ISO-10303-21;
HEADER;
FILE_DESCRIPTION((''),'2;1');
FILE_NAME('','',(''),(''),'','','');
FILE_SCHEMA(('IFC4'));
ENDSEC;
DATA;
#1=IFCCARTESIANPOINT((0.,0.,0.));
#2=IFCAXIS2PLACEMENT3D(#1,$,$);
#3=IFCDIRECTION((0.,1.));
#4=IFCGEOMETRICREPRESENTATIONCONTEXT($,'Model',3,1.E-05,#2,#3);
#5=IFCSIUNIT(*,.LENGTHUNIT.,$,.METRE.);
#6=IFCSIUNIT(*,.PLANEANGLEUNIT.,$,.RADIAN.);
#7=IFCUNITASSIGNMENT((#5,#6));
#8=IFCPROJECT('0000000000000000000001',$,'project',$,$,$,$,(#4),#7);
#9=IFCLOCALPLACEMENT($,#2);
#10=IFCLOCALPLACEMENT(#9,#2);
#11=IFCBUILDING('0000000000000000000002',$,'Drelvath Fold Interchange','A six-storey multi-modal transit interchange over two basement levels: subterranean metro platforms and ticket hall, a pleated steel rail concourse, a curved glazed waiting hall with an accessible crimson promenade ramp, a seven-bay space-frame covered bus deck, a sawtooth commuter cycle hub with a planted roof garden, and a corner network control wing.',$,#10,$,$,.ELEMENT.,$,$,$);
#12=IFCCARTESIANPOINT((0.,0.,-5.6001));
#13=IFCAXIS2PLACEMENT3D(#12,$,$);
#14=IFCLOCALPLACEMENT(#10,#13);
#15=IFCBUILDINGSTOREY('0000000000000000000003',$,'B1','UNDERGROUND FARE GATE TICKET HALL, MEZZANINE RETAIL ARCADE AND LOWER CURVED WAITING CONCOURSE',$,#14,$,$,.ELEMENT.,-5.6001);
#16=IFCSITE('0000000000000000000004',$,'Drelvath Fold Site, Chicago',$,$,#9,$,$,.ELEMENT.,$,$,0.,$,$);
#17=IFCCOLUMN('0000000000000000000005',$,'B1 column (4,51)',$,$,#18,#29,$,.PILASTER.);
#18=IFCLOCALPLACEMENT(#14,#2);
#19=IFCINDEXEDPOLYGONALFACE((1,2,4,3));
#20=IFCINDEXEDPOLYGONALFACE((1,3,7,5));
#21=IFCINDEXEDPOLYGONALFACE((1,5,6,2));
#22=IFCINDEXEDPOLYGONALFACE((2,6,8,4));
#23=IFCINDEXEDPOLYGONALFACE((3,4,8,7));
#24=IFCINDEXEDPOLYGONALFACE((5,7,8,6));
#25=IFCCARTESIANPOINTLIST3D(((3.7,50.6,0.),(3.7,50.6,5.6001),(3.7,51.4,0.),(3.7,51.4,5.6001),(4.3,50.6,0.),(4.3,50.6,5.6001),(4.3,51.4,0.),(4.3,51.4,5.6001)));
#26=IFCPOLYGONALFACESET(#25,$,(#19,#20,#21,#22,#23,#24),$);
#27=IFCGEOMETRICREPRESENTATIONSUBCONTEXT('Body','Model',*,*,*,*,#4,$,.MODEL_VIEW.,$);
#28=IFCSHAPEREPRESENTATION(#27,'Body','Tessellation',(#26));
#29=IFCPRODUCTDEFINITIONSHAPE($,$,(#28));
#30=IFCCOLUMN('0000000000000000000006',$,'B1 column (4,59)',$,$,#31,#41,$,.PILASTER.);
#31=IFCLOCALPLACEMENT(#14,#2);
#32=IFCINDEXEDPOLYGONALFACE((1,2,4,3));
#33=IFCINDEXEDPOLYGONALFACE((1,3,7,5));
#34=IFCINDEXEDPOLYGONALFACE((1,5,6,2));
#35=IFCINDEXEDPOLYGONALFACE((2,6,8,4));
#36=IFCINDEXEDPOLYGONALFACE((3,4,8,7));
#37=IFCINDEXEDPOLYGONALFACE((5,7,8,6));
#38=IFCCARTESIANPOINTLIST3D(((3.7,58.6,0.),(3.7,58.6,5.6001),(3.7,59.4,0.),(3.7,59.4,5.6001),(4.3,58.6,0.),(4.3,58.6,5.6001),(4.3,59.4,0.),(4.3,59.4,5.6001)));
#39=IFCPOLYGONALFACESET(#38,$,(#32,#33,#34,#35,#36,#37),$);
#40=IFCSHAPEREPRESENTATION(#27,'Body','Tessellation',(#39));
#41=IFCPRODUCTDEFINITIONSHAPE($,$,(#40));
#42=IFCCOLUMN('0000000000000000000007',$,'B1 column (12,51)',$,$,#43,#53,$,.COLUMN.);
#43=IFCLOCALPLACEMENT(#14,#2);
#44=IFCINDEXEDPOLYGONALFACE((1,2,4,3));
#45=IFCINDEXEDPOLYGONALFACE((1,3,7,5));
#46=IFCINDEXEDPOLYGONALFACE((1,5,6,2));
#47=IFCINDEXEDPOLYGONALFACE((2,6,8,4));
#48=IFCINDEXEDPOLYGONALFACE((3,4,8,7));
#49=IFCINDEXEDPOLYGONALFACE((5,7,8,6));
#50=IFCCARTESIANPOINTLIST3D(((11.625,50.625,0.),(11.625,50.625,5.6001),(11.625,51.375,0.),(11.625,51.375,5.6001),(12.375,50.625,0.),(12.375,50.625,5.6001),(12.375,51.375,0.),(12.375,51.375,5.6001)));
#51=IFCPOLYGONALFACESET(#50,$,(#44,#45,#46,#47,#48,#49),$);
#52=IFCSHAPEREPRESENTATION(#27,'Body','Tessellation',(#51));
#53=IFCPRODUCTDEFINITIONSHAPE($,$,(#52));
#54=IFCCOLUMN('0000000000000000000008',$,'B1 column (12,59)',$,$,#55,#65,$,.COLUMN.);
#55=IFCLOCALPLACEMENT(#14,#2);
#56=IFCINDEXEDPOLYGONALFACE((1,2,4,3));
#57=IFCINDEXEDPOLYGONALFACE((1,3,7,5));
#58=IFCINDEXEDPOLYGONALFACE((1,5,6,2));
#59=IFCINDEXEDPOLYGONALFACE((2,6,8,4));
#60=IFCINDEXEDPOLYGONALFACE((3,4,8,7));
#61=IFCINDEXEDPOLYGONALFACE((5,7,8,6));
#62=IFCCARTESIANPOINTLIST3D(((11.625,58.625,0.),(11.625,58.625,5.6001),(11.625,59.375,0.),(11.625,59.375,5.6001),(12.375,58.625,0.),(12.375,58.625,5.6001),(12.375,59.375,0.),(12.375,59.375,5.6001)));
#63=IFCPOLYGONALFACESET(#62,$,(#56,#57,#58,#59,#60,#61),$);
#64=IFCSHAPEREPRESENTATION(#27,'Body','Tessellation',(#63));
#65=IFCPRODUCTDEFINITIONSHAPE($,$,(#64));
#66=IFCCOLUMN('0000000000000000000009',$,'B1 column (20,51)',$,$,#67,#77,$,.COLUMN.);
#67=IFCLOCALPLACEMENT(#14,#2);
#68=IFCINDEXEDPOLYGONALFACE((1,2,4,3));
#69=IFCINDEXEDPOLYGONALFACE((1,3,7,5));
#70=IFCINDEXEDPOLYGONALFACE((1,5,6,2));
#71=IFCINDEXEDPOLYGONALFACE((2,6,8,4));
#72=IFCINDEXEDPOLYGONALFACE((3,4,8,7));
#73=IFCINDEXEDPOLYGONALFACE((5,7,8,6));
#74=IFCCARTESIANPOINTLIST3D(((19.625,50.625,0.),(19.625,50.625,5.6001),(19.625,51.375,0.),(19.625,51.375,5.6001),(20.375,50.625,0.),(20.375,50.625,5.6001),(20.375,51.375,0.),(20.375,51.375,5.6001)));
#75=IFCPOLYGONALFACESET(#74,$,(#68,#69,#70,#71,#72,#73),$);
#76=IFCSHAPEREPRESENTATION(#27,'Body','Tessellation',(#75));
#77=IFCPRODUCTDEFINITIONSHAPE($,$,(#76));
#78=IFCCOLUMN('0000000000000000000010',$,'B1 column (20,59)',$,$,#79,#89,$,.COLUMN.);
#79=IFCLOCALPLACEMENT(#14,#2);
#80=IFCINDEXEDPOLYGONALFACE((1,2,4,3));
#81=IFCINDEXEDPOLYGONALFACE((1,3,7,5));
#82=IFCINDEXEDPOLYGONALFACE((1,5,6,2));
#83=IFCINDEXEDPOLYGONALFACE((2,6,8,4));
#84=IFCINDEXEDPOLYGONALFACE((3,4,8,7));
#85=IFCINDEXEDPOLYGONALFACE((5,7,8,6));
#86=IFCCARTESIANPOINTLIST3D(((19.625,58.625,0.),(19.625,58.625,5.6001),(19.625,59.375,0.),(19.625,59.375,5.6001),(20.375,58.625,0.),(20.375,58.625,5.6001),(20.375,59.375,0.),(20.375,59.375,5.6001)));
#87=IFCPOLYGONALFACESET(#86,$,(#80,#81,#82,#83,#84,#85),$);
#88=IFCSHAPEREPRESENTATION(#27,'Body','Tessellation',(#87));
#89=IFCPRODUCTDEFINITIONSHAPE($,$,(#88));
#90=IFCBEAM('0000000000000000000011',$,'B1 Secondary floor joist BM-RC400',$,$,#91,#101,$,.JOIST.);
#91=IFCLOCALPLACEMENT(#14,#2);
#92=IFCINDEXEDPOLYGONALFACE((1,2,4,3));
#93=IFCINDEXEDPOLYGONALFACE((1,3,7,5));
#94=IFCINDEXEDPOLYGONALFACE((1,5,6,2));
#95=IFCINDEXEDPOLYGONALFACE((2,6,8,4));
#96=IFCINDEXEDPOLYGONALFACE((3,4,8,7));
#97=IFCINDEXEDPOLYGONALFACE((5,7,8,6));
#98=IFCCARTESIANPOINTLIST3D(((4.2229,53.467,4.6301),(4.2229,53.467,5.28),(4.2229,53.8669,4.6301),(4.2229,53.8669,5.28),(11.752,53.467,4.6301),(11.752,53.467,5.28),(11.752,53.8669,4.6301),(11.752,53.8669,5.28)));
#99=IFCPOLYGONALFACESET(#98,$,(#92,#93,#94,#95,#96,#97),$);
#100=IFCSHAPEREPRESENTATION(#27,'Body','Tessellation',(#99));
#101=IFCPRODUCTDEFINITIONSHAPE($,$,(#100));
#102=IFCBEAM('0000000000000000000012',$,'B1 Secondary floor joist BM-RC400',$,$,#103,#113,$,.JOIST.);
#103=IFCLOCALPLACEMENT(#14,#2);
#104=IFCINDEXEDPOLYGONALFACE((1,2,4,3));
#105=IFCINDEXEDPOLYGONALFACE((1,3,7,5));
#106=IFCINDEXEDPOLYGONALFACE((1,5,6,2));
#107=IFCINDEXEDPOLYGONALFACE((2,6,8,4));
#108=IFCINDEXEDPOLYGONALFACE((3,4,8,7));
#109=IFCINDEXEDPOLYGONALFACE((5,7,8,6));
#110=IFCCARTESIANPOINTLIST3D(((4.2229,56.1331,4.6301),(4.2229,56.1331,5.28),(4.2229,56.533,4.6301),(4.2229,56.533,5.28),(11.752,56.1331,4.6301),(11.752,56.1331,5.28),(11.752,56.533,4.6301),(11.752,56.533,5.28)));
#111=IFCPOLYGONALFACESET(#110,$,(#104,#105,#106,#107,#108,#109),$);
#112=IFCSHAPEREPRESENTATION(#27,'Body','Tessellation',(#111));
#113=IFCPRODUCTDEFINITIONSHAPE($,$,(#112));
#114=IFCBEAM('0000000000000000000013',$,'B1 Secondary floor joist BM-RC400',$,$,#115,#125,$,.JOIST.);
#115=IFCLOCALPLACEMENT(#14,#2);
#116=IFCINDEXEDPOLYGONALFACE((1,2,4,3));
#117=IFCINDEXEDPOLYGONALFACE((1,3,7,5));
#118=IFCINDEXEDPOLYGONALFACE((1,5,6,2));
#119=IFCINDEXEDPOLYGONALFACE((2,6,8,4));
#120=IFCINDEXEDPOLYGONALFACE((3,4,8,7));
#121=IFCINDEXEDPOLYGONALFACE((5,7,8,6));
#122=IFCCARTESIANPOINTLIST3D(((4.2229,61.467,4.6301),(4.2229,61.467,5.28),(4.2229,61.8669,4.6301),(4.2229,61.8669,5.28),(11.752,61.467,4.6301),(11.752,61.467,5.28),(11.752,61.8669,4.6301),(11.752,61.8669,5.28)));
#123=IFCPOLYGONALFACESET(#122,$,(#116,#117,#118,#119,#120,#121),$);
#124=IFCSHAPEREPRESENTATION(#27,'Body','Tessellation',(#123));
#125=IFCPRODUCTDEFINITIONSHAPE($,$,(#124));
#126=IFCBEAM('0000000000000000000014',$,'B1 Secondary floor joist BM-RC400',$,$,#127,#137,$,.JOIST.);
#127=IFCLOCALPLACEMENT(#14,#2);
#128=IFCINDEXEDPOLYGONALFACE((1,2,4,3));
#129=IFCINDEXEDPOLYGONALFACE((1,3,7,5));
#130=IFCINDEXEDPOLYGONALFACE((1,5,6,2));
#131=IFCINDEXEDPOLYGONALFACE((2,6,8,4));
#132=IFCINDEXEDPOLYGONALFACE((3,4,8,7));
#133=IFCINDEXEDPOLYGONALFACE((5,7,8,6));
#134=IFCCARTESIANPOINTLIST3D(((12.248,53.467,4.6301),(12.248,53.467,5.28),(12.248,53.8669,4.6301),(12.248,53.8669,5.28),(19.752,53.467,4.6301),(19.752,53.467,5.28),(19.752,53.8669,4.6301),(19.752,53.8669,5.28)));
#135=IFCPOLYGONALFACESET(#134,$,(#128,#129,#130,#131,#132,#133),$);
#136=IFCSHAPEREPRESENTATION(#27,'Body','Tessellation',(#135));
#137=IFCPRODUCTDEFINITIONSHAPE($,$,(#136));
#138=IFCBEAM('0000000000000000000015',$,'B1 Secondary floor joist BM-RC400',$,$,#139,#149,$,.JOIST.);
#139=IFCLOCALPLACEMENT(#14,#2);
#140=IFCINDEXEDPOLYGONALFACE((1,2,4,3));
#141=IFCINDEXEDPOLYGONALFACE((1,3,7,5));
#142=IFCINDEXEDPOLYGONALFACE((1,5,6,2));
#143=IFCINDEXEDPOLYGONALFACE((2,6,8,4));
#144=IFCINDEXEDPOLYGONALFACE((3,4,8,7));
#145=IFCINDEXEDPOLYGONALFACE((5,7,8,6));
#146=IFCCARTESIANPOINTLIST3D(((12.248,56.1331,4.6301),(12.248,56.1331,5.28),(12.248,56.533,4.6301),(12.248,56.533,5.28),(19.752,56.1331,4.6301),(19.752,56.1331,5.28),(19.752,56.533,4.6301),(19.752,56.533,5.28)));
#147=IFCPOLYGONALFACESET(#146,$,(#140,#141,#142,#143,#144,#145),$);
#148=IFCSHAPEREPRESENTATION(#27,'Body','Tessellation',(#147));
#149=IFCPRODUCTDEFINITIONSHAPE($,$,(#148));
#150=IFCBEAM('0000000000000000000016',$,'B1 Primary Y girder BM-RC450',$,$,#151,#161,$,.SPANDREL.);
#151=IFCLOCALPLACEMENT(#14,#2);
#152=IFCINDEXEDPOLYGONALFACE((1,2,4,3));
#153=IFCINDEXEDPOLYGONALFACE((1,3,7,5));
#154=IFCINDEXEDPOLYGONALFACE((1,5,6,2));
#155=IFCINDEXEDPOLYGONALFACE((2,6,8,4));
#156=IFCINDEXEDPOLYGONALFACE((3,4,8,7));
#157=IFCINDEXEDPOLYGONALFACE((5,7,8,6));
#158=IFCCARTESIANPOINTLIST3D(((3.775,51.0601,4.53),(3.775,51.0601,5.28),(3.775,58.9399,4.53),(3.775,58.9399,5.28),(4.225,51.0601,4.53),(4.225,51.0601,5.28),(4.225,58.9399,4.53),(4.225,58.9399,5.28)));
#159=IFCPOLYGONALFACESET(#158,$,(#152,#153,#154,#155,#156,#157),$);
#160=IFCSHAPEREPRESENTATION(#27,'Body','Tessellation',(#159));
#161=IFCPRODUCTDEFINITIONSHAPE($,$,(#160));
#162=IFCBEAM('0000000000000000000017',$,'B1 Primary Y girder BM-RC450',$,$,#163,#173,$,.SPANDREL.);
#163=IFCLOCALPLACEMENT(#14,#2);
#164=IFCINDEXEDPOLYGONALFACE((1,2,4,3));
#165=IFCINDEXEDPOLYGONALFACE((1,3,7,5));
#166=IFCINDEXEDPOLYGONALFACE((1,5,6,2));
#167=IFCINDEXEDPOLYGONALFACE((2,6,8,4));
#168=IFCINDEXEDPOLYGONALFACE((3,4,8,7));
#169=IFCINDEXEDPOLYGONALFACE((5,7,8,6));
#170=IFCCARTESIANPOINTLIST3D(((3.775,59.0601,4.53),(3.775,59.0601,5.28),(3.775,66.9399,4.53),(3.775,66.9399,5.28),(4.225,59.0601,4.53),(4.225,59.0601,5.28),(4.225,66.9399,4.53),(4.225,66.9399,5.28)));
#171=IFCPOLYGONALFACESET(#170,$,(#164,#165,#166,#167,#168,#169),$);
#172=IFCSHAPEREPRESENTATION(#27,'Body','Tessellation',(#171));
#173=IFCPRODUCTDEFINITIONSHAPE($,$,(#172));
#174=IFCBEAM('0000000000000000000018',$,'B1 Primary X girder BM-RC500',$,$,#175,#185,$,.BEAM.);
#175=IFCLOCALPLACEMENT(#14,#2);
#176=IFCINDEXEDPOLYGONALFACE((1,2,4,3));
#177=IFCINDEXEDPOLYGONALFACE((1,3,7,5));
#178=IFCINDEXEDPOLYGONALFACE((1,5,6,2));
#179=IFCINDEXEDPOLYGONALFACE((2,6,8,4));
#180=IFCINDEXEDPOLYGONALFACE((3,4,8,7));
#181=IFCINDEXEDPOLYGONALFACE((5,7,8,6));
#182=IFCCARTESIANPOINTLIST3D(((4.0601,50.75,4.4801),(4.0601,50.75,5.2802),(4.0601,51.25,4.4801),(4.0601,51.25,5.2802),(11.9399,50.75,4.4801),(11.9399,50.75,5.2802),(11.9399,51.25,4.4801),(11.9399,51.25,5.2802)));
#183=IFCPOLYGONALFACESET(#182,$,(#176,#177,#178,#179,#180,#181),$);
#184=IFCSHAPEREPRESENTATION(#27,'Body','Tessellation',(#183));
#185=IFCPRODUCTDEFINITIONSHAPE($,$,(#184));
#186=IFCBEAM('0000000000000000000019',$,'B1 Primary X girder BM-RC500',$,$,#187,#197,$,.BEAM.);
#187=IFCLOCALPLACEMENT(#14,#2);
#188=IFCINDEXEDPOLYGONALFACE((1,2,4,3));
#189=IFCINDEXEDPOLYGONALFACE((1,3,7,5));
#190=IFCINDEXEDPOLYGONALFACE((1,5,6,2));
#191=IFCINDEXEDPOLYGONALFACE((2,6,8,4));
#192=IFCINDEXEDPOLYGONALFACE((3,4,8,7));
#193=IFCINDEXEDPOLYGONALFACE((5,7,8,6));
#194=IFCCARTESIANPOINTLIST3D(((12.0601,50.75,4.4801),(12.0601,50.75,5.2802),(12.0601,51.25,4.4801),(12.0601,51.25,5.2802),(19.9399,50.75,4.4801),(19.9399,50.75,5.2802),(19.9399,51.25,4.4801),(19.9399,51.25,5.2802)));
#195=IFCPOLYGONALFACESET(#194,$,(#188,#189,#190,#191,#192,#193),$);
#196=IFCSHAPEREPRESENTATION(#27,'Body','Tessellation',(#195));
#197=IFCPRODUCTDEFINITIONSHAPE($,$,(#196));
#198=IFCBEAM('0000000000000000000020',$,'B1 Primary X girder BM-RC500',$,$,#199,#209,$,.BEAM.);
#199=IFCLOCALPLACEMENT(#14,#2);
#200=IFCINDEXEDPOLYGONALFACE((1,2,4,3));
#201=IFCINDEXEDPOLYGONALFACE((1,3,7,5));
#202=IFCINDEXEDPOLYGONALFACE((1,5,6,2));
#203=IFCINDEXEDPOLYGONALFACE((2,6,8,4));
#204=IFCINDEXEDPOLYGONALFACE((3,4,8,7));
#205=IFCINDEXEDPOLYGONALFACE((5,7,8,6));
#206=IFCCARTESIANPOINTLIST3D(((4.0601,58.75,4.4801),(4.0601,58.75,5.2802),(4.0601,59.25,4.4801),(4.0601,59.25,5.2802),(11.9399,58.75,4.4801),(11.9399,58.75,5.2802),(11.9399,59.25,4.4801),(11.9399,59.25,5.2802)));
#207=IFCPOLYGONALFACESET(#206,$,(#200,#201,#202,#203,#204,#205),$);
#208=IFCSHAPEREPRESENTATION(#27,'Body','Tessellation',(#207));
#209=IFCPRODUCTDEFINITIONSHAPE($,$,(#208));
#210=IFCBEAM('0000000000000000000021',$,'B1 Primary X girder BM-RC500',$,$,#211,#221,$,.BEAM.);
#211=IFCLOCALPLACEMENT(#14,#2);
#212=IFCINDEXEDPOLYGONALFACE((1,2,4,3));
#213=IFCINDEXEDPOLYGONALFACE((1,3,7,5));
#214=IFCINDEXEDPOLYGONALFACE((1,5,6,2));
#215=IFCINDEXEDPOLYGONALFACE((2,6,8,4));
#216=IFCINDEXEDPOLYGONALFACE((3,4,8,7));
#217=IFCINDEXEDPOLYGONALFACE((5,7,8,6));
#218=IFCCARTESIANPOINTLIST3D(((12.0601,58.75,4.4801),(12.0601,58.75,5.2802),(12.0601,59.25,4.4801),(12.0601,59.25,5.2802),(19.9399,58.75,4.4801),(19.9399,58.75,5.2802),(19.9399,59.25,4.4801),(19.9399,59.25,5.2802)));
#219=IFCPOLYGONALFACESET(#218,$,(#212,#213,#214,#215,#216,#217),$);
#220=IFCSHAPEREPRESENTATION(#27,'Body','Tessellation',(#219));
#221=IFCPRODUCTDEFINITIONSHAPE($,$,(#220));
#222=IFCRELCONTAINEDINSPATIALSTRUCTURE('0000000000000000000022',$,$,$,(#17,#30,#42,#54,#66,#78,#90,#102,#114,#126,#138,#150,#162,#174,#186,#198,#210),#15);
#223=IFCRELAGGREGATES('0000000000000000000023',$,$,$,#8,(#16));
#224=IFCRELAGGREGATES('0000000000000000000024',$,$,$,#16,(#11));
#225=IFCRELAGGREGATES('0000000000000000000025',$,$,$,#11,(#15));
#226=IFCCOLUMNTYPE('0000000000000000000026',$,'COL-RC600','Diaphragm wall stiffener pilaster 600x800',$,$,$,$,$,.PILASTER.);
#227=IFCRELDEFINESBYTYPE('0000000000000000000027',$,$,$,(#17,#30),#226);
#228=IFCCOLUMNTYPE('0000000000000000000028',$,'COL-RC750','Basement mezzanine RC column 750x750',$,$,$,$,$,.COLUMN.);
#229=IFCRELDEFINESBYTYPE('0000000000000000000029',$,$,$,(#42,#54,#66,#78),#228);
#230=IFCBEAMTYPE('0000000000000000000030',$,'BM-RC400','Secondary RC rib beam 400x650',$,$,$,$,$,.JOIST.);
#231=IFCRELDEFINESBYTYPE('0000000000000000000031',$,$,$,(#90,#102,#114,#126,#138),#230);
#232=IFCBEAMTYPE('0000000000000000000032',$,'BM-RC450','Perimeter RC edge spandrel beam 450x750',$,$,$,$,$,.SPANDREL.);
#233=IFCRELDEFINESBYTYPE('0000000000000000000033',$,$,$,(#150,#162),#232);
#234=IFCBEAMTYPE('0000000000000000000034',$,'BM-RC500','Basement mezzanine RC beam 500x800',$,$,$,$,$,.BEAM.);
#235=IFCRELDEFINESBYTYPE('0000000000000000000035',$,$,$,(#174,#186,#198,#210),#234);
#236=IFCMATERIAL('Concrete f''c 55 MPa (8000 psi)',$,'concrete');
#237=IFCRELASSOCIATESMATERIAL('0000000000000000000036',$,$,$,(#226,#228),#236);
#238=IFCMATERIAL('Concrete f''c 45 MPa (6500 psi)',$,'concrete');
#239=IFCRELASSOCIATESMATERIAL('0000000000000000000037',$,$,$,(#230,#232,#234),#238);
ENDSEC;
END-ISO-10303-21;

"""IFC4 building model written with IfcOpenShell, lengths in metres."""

from ifc_helpers import new_model, si_unit, direction, frame, origin, origin_2d, place, context, subcontext, project, spatial, rectangle, extrude, material, material_profile, profile_set, type_object, element, save


model = new_model("IFC4")

# Units and contexts
model_context = context("Model", 3, precision=1e-05, world=origin(), true_north=direction((0.0, 1.0)))
body_context = subcontext(model_context, "Body", "Model", "MODEL_VIEW")
ifc_project = project(units=[si_unit("LENGTHUNIT", "METRE"), si_unit("PLANEANGLEUNIT", "RADIAN")], contexts=[model_context])

# Site, building, storey
site_placement = place(None, origin())
site = spatial("IfcSite", under=ifc_project, at=site_placement, Name="Drelvath Fold Site, Chicago", CompositionType="ELEMENT", RefElevation=0.0)
building_placement = place(site_placement, origin())
building = spatial("IfcBuilding", under=site, at=building_placement, Name="Drelvath Fold Interchange", Description="A six-storey multi-modal transit interchange over two basement levels: subterranean metro platforms and ticket hall, a pleated steel rail concourse, a curved glazed waiting hall with an accessible crimson promenade ramp, a seven-bay space-frame covered bus deck, a sawtooth commuter cycle hub with a planted roof garden, and a corner network control wing.", CompositionType="ELEMENT")
storey_placement = place(building_placement, frame((0.0, 0.0, -5.6001)))
storey = spatial("IfcBuildingStorey", under=building, at=storey_placement, Name="B1", Description="UNDERGROUND FARE GATE TICKET HALL, MEZZANINE RETAIL ARCADE AND LOWER CURVED WAITING CONCOURSE", CompositionType="ELEMENT", Elevation=-5.6001)

# Columns
ifc_material_1 = material(Name="Concrete f'c 55 MPa (8000 psi)", Category="concrete")
ifc_material_profile_1 = material_profile(ifc_material_1, rectangle(XDim=0.6001, YDim=0.8, at=origin_2d()), Name="RC 600x800")
ifc_profile_set_1 = profile_set([ifc_material_profile_1], Name="Concrete f'c 55 MPa (8000 psi)")
column_type_1 = type_object("IfcColumnType", Name="COL-RC600", Description="Diaphragm wall stiffener pilaster 600x800", PredefinedType="PILASTER", material=ifc_profile_set_1)
for number, where, z_axis, x_axis, name in (
    (1, (4.0, 51.0, 0.0), (0.0, 0.0, 1.0), (1.0, 0.0, 0.0), "B1 column (4,51)"),
    (2, (4.0, 59.0, 0.0), (0.0, 0.0, 1.0), (1.0, 0.0, 0.0), "B1 column (4,59)"),
):
    element("IfcColumn", number, at=place(storey_placement, frame(where, z_axis=z_axis, x_axis=x_axis)), inside=storey, type_object=column_type_1, Name=name, PredefinedType="PILASTER", context=body_context, shape_type="SweptSolid", body=[
        extrude(rectangle(XDim=0.6001, YDim=0.8, at=origin_2d()), origin(), (0.0, 0.0, 1.0), 5.6001),
    ])
ifc_material_profile_2 = material_profile(ifc_material_1, rectangle(XDim=0.75, YDim=0.75, at=origin_2d()), Name="RC 750x750")
ifc_profile_set_2 = profile_set([ifc_material_profile_2], Name="Concrete f'c 55 MPa (8000 psi)")
column_type_2 = type_object("IfcColumnType", Name="COL-RC750", Description="Basement mezzanine RC column 750x750", PredefinedType="COLUMN", material=ifc_profile_set_2)
for number, where, z_axis, x_axis, name in (
    (3, (12.0, 51.0, 0.0), (0.0, 0.0, 1.0), (1.0, 0.0, 0.0), "B1 column (12,51)"),
    (4, (12.0, 59.0, 0.0), (0.0, 0.0, 1.0), (1.0, 0.0, 0.0), "B1 column (12,59)"),
    (5, (20.0, 51.0, 0.0), (0.0, 0.0, 1.0), (1.0, 0.0, 0.0), "B1 column (20,51)"),
    (6, (20.0, 59.0, 0.0), (0.0, 0.0, 1.0), (1.0, 0.0, 0.0), "B1 column (20,59)"),
):
    element("IfcColumn", number, at=place(storey_placement, frame(where, z_axis=z_axis, x_axis=x_axis)), inside=storey, type_object=column_type_2, Name=name, PredefinedType="COLUMN", context=body_context, shape_type="SweptSolid", body=[
        extrude(rectangle(XDim=0.75, YDim=0.75, at=origin_2d()), origin(), (0.0, 0.0, 1.0), 5.6001),
    ])

# Beams
ifc_material_2 = material(Name="Concrete f'c 45 MPa (6500 psi)", Category="concrete")
ifc_material_profile_3 = material_profile(ifc_material_2, rectangle(XDim=0.3999, YDim=0.6499, at=origin_2d()), Name="RC 400x650")
ifc_profile_set_3 = profile_set([ifc_material_profile_3], Name="Concrete f'c 45 MPa (6500 psi)")
beam_type_1 = type_object("IfcBeamType", Name="BM-RC400", Description="Secondary RC rib beam 400x650", PredefinedType="JOIST", material=ifc_profile_set_3)
for number, where, z_axis, x_axis, name in (
    (7, (4.2229, 53.667, 4.9551), (1.0, 0.0, 0.0), (0.0, 1.0, 0.0), "B1 Secondary floor joist BM-RC400"),
    (8, (4.2229, 56.333, 4.9551), (1.0, 0.0, 0.0), (0.0, 1.0, 0.0), "B1 Secondary floor joist BM-RC400"),
    (9, (4.2229, 61.667, 4.9551), (1.0, 0.0, 0.0), (0.0, 1.0, 0.0), "B1 Secondary floor joist BM-RC400"),
):
    element("IfcBeam", number, at=place(storey_placement, frame(where, z_axis=z_axis, x_axis=x_axis)), inside=storey, type_object=beam_type_1, Name=name, PredefinedType="JOIST", context=body_context, shape_type="SweptSolid", body=[
        extrude(rectangle(XDim=0.3999, YDim=0.6499, at=origin_2d()), origin(), (0.0, 0.0, 1.0), 7.5291),
    ])
for number, where, z_axis, x_axis, name in (
    (10, (12.248, 53.667, 4.9551), (1.0, 0.0, 0.0), (0.0, 1.0, 0.0), "B1 Secondary floor joist BM-RC400"),
    (11, (12.248, 56.333, 4.9551), (1.0, 0.0, 0.0), (0.0, 1.0, 0.0), "B1 Secondary floor joist BM-RC400"),
):
    element("IfcBeam", number, at=place(storey_placement, frame(where, z_axis=z_axis, x_axis=x_axis)), inside=storey, type_object=beam_type_1, Name=name, PredefinedType="JOIST", context=body_context, shape_type="SweptSolid", body=[
        extrude(rectangle(XDim=0.3999, YDim=0.6499, at=origin_2d()), origin(), (0.0, 0.0, 1.0), 7.5039),
    ])
ifc_material_profile_4 = material_profile(ifc_material_2, rectangle(XDim=0.45, YDim=0.75, at=origin_2d()), Name="RC 450x750")
ifc_profile_set_4 = profile_set([ifc_material_profile_4], Name="Concrete f'c 45 MPa (6500 psi)")
beam_type_2 = type_object("IfcBeamType", Name="BM-RC450", Description="Perimeter RC edge spandrel beam 450x750", PredefinedType="SPANDREL", material=ifc_profile_set_4)
for number, where, z_axis, x_axis, name in (
    (12, (4.0, 51.0601, 4.905), (0.0, 1.0, 0.0), (-1.0, 0.0, 0.0), "B1 Primary Y girder BM-RC450"),
    (13, (4.0, 59.0601, 4.905), (0.0, 1.0, 0.0), (-1.0, 0.0, 0.0), "B1 Primary Y girder BM-RC450"),
):
    element("IfcBeam", number, at=place(storey_placement, frame(where, z_axis=z_axis, x_axis=x_axis)), inside=storey, type_object=beam_type_2, Name=name, PredefinedType="SPANDREL", context=body_context, shape_type="SweptSolid", body=[
        extrude(rectangle(XDim=0.45, YDim=0.75, at=origin_2d()), origin(), (0.0, 0.0, 1.0), 7.8799),
    ])
ifc_material_profile_5 = material_profile(ifc_material_2, rectangle(XDim=0.5, YDim=0.8, at=origin_2d()), Name="RC 500x800")
ifc_profile_set_5 = profile_set([ifc_material_profile_5], Name="Concrete f'c 45 MPa (6500 psi)")
beam_type_3 = type_object("IfcBeamType", Name="BM-RC500", Description="Basement mezzanine RC beam 500x800", PredefinedType="BEAM", material=ifc_profile_set_5)
for number, where, z_axis, x_axis, name in (
    (14, (4.0601, 51.0, 4.8801), (1.0, 0.0, 0.0), (0.0, 1.0, 0.0), "B1 Primary X girder BM-RC500"),
    (15, (12.0601, 51.0, 4.8801), (1.0, 0.0, 0.0), (0.0, 1.0, 0.0), "B1 Primary X girder BM-RC500"),
    (16, (4.0601, 59.0, 4.8801), (1.0, 0.0, 0.0), (0.0, 1.0, 0.0), "B1 Primary X girder BM-RC500"),
    (17, (12.0601, 59.0, 4.8801), (1.0, 0.0, 0.0), (0.0, 1.0, 0.0), "B1 Primary X girder BM-RC500"),
):
    element("IfcBeam", number, at=place(storey_placement, frame(where, z_axis=z_axis, x_axis=x_axis)), inside=storey, type_object=beam_type_3, Name=name, PredefinedType="BEAM", context=body_context, shape_type="SweptSolid", body=[
        extrude(rectangle(XDim=0.5, YDim=0.8, at=origin_2d()), origin(), (0.0, 0.0, 1.0), 7.8799),
    ])

save(model, "model.ifc")
